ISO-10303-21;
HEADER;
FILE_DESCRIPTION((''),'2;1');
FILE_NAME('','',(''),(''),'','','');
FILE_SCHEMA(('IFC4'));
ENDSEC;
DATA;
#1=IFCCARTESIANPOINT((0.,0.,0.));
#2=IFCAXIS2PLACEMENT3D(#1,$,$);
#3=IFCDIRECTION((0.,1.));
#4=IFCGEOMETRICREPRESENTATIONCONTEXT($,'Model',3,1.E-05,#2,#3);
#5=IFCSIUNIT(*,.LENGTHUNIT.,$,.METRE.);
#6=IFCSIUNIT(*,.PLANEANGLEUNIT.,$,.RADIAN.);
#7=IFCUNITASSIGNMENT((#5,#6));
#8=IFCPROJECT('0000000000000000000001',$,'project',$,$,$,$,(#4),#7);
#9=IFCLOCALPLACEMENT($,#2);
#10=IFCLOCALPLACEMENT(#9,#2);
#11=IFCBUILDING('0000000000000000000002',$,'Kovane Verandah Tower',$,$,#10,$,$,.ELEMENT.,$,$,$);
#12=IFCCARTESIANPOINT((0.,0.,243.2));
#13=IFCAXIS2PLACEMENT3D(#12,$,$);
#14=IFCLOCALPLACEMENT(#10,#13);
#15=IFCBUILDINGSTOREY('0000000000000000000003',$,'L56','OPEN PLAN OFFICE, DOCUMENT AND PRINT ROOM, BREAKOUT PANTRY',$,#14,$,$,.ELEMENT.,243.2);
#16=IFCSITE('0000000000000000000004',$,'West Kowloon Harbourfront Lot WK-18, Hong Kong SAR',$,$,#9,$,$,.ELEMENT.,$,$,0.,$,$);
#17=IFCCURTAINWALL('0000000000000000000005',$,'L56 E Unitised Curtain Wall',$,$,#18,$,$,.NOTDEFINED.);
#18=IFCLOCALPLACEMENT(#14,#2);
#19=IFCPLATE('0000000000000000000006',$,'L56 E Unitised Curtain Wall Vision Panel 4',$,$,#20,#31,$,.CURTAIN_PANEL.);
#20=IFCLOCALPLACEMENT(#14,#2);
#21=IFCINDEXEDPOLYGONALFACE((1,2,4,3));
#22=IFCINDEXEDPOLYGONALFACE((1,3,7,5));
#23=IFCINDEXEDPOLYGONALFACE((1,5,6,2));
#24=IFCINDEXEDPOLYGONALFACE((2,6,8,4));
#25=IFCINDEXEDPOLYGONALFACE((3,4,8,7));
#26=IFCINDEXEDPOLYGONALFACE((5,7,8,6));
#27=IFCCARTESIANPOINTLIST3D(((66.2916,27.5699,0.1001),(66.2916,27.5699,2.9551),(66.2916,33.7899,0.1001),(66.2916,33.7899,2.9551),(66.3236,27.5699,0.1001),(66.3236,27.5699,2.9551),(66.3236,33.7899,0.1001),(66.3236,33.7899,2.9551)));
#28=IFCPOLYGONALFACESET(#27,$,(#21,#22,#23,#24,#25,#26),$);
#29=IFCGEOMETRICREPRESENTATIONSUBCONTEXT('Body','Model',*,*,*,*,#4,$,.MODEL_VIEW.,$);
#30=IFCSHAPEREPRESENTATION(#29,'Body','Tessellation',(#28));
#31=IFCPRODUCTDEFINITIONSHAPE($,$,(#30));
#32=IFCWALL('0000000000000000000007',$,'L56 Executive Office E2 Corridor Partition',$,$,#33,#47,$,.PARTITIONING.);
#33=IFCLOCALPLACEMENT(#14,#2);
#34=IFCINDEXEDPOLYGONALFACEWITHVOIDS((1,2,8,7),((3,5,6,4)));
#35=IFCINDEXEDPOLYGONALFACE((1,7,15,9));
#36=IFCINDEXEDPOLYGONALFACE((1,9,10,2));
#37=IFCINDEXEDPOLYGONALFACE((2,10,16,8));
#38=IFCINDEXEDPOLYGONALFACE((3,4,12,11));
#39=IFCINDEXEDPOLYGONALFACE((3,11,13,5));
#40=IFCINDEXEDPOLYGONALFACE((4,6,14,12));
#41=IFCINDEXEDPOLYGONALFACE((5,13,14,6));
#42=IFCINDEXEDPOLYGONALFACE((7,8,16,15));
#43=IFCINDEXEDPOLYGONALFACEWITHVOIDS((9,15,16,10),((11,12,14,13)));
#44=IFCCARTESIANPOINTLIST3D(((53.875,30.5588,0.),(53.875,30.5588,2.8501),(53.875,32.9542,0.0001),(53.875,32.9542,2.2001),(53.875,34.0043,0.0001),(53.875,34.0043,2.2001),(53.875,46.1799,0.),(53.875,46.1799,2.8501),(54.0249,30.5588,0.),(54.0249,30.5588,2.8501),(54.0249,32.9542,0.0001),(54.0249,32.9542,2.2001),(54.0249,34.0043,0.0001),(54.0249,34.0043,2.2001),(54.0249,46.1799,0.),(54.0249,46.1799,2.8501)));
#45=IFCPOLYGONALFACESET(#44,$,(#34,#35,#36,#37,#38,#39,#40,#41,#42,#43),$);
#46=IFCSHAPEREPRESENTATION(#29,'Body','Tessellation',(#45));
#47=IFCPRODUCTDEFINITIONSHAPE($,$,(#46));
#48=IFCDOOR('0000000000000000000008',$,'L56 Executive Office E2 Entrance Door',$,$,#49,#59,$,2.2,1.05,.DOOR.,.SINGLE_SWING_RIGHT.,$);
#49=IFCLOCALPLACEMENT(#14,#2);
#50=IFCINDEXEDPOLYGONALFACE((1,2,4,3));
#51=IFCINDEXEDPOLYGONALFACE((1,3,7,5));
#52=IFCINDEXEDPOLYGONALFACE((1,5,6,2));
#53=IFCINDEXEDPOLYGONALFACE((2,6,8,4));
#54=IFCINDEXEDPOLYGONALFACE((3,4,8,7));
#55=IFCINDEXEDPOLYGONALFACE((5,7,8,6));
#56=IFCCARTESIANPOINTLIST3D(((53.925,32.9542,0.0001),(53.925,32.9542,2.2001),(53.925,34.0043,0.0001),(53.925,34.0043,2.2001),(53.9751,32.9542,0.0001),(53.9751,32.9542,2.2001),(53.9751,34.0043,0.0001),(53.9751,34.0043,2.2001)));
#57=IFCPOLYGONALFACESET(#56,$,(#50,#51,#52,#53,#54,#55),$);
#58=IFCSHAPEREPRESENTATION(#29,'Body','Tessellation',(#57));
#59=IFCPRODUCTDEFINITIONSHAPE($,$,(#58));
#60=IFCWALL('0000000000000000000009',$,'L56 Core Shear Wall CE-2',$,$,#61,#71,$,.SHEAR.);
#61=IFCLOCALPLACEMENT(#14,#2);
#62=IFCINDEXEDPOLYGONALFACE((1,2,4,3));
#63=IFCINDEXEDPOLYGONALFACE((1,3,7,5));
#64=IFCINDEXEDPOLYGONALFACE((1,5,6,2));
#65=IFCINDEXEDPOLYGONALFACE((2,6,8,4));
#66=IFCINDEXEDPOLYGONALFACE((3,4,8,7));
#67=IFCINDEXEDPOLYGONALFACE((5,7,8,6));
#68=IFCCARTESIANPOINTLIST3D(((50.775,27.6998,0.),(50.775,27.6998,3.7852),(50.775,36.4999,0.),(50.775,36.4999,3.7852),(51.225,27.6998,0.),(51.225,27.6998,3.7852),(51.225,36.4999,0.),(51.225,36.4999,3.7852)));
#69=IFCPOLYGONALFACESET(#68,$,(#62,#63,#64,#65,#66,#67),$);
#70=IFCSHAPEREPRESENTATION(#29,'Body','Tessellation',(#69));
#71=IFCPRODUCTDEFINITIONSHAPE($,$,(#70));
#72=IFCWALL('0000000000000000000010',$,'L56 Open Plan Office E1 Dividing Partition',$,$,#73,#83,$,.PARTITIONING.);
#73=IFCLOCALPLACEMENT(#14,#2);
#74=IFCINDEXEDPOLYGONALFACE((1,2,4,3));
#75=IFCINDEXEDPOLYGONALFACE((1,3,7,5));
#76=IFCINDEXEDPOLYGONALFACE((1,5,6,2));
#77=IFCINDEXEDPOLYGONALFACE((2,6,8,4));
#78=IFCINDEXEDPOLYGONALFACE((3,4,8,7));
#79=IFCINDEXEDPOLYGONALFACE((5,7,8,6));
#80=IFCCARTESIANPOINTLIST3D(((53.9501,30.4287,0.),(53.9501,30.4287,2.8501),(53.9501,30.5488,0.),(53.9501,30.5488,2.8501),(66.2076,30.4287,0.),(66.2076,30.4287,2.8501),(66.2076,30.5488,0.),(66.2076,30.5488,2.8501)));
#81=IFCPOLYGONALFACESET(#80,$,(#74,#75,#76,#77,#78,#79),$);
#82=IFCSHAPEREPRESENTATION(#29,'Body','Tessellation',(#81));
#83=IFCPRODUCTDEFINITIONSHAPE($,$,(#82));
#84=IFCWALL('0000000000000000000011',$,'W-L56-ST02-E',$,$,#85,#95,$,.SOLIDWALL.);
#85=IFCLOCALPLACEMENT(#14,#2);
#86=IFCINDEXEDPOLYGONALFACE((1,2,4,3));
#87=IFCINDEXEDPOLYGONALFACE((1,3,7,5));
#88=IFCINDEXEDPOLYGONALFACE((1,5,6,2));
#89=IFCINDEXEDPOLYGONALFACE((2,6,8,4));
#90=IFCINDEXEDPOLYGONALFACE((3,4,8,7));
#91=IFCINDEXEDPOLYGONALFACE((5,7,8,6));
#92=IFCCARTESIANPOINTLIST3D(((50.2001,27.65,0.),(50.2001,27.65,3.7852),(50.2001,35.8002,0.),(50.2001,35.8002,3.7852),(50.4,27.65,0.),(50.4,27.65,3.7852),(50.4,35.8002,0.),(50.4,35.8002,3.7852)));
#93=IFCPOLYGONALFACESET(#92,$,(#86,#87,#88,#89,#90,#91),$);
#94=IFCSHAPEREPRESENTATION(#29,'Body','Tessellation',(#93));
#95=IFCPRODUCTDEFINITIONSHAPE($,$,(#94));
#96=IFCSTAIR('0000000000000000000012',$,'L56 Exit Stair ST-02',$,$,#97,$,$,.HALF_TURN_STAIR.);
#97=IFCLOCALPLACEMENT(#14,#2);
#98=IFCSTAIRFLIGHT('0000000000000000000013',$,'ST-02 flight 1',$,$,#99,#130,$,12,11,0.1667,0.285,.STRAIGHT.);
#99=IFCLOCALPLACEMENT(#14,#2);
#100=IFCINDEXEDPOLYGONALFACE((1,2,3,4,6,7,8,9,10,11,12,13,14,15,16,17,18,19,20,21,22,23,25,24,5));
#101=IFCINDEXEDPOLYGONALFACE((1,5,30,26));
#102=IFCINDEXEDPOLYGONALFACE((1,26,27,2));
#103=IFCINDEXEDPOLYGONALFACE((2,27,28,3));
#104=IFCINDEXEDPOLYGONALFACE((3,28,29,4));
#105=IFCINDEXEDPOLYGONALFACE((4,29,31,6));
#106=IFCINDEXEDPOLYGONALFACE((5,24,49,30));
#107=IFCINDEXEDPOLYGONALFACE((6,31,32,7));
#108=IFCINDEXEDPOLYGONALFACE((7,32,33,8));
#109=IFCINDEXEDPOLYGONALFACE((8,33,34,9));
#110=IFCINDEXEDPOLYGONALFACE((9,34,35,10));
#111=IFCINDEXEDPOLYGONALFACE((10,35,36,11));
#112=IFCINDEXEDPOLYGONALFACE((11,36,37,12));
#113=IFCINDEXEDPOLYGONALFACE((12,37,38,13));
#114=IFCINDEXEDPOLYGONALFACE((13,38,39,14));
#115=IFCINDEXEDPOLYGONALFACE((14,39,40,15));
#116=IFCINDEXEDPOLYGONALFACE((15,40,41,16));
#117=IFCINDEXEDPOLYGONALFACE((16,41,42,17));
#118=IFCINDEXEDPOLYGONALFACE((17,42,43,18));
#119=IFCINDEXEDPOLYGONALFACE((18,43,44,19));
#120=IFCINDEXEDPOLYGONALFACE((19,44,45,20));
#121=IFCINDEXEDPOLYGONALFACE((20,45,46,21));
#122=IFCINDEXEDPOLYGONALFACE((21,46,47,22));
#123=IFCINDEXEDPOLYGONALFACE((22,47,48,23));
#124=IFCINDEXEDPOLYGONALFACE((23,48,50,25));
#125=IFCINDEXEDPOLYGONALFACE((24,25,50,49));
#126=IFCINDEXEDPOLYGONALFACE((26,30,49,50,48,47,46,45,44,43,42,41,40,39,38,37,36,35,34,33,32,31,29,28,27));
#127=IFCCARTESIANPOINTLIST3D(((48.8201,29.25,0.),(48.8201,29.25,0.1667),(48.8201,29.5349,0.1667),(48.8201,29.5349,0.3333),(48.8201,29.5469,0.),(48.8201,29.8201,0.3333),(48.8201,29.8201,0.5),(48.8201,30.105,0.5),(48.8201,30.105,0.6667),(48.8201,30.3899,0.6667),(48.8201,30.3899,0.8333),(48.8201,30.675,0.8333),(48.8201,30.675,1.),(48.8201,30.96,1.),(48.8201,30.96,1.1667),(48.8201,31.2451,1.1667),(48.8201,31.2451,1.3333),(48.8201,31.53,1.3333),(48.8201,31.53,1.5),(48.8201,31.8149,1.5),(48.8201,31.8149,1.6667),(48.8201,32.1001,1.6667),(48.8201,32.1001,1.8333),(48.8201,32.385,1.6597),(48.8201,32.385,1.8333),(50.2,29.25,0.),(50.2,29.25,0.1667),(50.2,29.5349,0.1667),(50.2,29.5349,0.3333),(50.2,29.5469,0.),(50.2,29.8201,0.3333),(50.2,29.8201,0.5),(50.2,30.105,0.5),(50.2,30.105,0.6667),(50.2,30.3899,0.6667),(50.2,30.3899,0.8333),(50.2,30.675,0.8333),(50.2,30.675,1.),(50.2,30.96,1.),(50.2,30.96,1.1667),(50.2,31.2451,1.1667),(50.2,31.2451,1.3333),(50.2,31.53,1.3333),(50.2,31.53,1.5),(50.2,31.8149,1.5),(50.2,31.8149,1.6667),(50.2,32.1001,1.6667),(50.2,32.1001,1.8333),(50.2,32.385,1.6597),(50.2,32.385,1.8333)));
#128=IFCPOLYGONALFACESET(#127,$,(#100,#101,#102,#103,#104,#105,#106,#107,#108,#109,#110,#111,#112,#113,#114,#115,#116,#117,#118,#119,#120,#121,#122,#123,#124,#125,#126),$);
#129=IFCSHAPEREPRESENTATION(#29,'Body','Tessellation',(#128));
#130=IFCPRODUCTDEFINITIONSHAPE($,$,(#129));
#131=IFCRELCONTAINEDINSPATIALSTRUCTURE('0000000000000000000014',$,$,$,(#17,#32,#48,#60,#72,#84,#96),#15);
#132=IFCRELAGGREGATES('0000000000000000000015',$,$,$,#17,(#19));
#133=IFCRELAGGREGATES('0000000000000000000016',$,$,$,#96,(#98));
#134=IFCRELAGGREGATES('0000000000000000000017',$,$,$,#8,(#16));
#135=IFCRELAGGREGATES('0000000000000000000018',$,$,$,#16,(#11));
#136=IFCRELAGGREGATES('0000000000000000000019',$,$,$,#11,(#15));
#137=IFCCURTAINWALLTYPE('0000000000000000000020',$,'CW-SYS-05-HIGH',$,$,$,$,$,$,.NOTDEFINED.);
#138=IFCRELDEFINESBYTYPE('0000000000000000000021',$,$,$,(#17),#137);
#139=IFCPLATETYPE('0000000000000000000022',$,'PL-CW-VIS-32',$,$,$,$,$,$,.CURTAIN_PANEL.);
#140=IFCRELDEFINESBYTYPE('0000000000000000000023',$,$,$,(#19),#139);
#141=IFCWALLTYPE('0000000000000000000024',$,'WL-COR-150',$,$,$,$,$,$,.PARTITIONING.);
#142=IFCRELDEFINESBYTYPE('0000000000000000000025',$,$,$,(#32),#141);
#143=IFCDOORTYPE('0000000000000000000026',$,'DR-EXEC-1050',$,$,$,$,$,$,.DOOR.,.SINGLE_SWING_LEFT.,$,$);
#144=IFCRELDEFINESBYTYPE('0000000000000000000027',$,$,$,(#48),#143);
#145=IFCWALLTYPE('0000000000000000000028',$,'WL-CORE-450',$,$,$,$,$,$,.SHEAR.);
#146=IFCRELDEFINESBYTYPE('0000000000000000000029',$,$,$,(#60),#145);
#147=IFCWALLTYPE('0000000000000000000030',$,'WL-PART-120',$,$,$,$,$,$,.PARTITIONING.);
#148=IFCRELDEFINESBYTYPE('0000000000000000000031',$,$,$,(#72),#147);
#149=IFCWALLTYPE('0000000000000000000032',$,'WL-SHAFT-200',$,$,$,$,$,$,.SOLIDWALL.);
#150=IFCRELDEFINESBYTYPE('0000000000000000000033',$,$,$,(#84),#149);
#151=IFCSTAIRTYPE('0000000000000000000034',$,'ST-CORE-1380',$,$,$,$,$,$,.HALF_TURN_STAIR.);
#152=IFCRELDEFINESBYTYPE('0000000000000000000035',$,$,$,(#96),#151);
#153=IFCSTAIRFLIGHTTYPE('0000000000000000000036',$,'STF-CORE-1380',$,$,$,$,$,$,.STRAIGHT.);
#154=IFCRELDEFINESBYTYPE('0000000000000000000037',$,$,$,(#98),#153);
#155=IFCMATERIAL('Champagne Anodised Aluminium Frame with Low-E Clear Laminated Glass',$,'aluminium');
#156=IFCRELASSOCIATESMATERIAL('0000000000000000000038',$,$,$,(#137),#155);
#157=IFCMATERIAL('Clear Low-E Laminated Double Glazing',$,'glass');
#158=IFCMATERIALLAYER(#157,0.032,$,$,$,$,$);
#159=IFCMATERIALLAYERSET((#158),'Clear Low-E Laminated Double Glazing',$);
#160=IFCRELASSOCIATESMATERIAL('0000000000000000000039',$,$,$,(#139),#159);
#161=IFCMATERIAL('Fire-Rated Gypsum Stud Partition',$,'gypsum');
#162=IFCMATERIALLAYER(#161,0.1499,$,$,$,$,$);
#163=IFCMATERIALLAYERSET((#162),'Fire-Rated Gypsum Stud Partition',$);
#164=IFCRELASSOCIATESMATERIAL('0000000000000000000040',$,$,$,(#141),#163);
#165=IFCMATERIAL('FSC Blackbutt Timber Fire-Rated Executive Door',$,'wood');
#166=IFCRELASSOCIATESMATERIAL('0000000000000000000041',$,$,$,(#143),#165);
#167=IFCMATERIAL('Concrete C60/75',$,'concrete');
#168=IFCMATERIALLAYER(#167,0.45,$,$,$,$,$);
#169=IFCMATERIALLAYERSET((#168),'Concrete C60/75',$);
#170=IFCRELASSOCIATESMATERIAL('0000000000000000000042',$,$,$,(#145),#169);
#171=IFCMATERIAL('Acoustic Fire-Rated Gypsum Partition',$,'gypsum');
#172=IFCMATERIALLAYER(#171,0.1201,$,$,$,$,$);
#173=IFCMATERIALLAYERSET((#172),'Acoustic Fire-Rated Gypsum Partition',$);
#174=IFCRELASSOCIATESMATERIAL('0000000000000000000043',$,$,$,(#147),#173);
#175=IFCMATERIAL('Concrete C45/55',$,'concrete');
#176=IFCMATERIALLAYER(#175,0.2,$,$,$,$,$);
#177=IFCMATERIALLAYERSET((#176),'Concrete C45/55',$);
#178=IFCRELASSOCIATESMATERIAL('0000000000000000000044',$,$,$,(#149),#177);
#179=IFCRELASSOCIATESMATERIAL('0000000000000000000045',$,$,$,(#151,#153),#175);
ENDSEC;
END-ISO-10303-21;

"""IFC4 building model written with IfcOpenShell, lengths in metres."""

from ifc_helpers import new_model, si_unit, direction, frame, frame_2d, origin, origin_2d, place, context, subcontext, project, spatial, polyline, rectangle, outline, extrude, material, layer, layer_set, type_object, element, fill, aggregate, save


model = new_model("IFC4")

# Units and contexts
model_context = context("Model", 3, precision=1e-05, world=origin(), true_north=direction((0.0, 1.0)))
body_context = subcontext(model_context, "Body", "Model", "MODEL_VIEW")
ifc_project = project(units=[si_unit("LENGTHUNIT", "METRE"), si_unit("PLANEANGLEUNIT", "RADIAN")], contexts=[model_context])

# Site, building, storey
site_placement = place(None, origin())
site = spatial("IfcSite", under=ifc_project, at=site_placement, Name="West Kowloon Harbourfront Lot WK-18, Hong Kong SAR", CompositionType="ELEMENT", RefElevation=0.0)
building_placement = place(site_placement, origin())
building = spatial("IfcBuilding", under=site, at=building_placement, Name="Kovane Verandah Tower", CompositionType="ELEMENT")
storey_placement = place(building_placement, frame((0.0, 0.0, 243.2)))
storey = spatial("IfcBuildingStorey", under=building, at=storey_placement, Name="L56", Description="OPEN PLAN OFFICE, DOCUMENT AND PRINT ROOM, BREAKOUT PANTRY", CompositionType="ELEMENT", Elevation=243.2)

# Shared definitions
ifc_material_1 = material(Name="Concrete C60/75", Category="concrete")

# Curtain wall
ifc_material_2 = material(Name="Champagne Anodised Aluminium Frame with Low-E Clear Laminated Glass", Category="aluminium")
curtain_wall_type = type_object("IfcCurtainWallType", Name="CW-SYS-05-HIGH", PredefinedType="NOTDEFINED", material=ifc_material_2)
curtain_wall_placement = place(storey_placement, origin())
curtain_wall = element("IfcCurtainWall", 1, at=curtain_wall_placement, inside=storey, type_object=curtain_wall_type, Name="L56 E Unitised Curtain Wall", PredefinedType="NOTDEFINED")

# Plate
ifc_material_3 = material(Name="Clear Low-E Laminated Double Glazing", Category="glass")
ifc_layer_1 = layer(ifc_material_3, 0.032)
ifc_layer_set_1 = layer_set([ifc_layer_1], Name="Clear Low-E Laminated Double Glazing")
plate_type_1 = type_object("IfcPlateType", Name="PL-CW-VIS-32", PredefinedType="CURTAIN_PANEL", material=ifc_layer_set_1)
plate_1_placement = place(storey_placement, frame((66.3076, 30.6799, 0.1001), z_axis=(0.0, 0.0, 1.0), x_axis=(0.0, 1.0, 0.0)))
plate_1 = element("IfcPlate", 2, at=plate_1_placement, type_object=plate_type_1, Name="L56 E Unitised Curtain Wall Vision Panel 4", PredefinedType="CURTAIN_PANEL", context=body_context, shape_type="SweptSolid", body=[
    extrude(rectangle(XDim=6.22, YDim=0.032, at=origin_2d()), origin(), (0.0, 0.0, 1.0), 2.855),
])
aggregate(curtain_wall, [plate_1])

# Wall, opening, door
ifc_material_4 = material(Name="Fire-Rated Gypsum Stud Partition", Category="gypsum")
ifc_layer_2 = layer(ifc_material_4, 0.1499)
ifc_layer_set_2 = layer_set([ifc_layer_2], Name="Fire-Rated Gypsum Stud Partition")
wall_type_1 = type_object("IfcWallType", Name="WL-COR-150", PredefinedType="PARTITIONING", material=ifc_layer_set_2)
wall_1_placement = place(storey_placement, frame((53.95, 30.5588, 0.0), z_axis=(0.0, 0.0, 1.0), x_axis=(0.0, 1.0, 0.0)))
wall_1 = element("IfcWall", 3, at=wall_1_placement, inside=storey, type_object=wall_type_1, Name="L56 Executive Office E2 Corridor Partition", PredefinedType="PARTITIONING", context=body_context, shape_type="SweptSolid", body=[
    extrude(rectangle(XDim=15.6211, YDim=0.1499, at=frame_2d((7.8105, 0.0))), origin(), (0.0, 0.0, 1.0), 2.8501),
])
opening_placement = place(wall_1_placement, frame((2.3955, 0.0, 0.0)))
opening = element("IfcOpeningElement", 4, at=opening_placement, cuts=wall_1, PredefinedType="OPENING", context=body_context, shape_type="SweptSolid", body=[
    extrude(rectangle(XDim=1.05, YDim=2.2, at=frame_2d((0.5249, 1.1001))), frame((0.0, 0.075, 0.0), z_axis=(0.0, -1.0, 0.0), x_axis=(1.0, 0.0, 0.0)), (0.0, 0.0, 1.0), 0.1499),
])
ifc_material_5 = material(Name="FSC Blackbutt Timber Fire-Rated Executive Door", Category="wood")
door_type = type_object("IfcDoorType", Name="DR-EXEC-1050", OperationType="SINGLE_SWING_LEFT", PredefinedType="DOOR", material=ifc_material_5)
door_placement = place(opening_placement, origin())
door = element("IfcDoor", 5, at=door_placement, inside=storey, type_object=door_type, Name="L56 Executive Office E2 Entrance Door", OperationType="SINGLE_SWING_RIGHT", OverallHeight=2.2, OverallWidth=1.05, PredefinedType="DOOR", context=body_context, shape_type="SweptSolid", body=[
    extrude(rectangle(XDim=1.05, YDim=2.2, at=frame_2d((0.5249, 1.1001))), frame((0.0, 0.0249, 0.0), z_axis=(0.0, -1.0, 0.0), x_axis=(1.0, 0.0, 0.0)), (0.0, 0.0, 1.0), 0.05),
])
fill(opening, door)

# Walls
ifc_layer_3 = layer(ifc_material_1, 0.45)
ifc_layer_set_3 = layer_set([ifc_layer_3], Name="Concrete C60/75")
wall_type_2 = type_object("IfcWallType", Name="WL-CORE-450", PredefinedType="SHEAR", material=ifc_layer_set_3)
wall_2_placement = place(storey_placement, frame((51.0, 27.7, 0.0), z_axis=(0.0, 0.0, 1.0), x_axis=(0.0, 1.0, 0.0)))
element("IfcWall", 6, at=wall_2_placement, inside=storey, type_object=wall_type_2, Name="L56 Core Shear Wall CE-2", PredefinedType="SHEAR", context=body_context, shape_type="SweptSolid", body=[
    extrude(rectangle(XDim=8.8, YDim=0.45, at=frame_2d((4.3999, 0.0))), origin(), (0.0, 0.0, 1.0), 3.7852),
])
ifc_material_6 = material(Name="Acoustic Fire-Rated Gypsum Partition", Category="gypsum")
ifc_layer_4 = layer(ifc_material_6, 0.1201)
ifc_layer_set_4 = layer_set([ifc_layer_4], Name="Acoustic Fire-Rated Gypsum Partition")
wall_type_3 = type_object("IfcWallType", Name="WL-PART-120", PredefinedType="PARTITIONING", material=ifc_layer_set_4)
wall_3_placement = place(storey_placement, frame((53.95, 30.4888, 0.0), z_axis=(0.0, 0.0, 1.0), x_axis=(1.0, 0.0, 0.0)))
element("IfcWall", 7, at=wall_3_placement, inside=storey, type_object=wall_type_3, Name="L56 Open Plan Office E1 Dividing Partition", PredefinedType="PARTITIONING", context=body_context, shape_type="SweptSolid", body=[
    extrude(rectangle(XDim=12.2576, YDim=0.1201, at=frame_2d((6.1289, 0.0))), origin(), (0.0, 0.0, 1.0), 2.8501),
])
ifc_material_7 = material(Name="Concrete C45/55", Category="concrete")
ifc_layer_5 = layer(ifc_material_7, 0.2)
ifc_layer_set_5 = layer_set([ifc_layer_5], Name="Concrete C45/55")
wall_type_4 = type_object("IfcWallType", Name="WL-SHAFT-200", PredefinedType="SOLIDWALL", material=ifc_layer_set_5)
wall_4_placement = place(storey_placement, frame((50.3, 27.6499, 0.0), z_axis=(0.0, 0.0, 1.0), x_axis=(0.0, 1.0, 0.0)))
element("IfcWall", 8, at=wall_4_placement, inside=storey, type_object=wall_type_4, Name="W-L56-ST02-E", PredefinedType="SOLIDWALL", context=body_context, shape_type="SweptSolid", body=[
    extrude(rectangle(XDim=8.1501, YDim=0.2, at=frame_2d((4.0752, 0.0))), origin(), (0.0, 0.0, 1.0), 3.7852),
])

# Stair, stair flight
stair_type = type_object("IfcStairType", Name="ST-CORE-1380", PredefinedType="HALF_TURN_STAIR", material=ifc_material_7)
stair_placement = place(storey_placement, origin())
stair = element("IfcStair", 9, at=stair_placement, inside=storey, type_object=stair_type, Name="L56 Exit Stair ST-02", PredefinedType="HALF_TURN_STAIR")
stair_flight_type = type_object("IfcStairFlightType", Name="STF-CORE-1380", PredefinedType="STRAIGHT", material=ifc_material_7)
stair_flight_placement = place(storey_placement, frame((49.51, 29.25, 0.0), z_axis=(0.0, 0.0, 1.0), x_axis=(0.0, 1.0, 0.0)))
stair_flight = element("IfcStairFlight", 10, at=stair_flight_placement, type_object=stair_flight_type, Name="ST-02 flight 1", NumberOfRisers=12, NumberOfTreads=11, PredefinedType="STRAIGHT", RiserHeight=0.1667, TreadLength=0.285, context=body_context, shape_type="SweptSolid", body=[
    extrude(outline(polyline([(0.0, 0.0), (0.0, 0.1667), (0.2849, 0.1667), (0.2849, 0.3333), (0.5701, 0.3333), (0.5701, 0.5), (0.855, 0.5), (0.855, 0.6667), (1.1399, 0.6667), (1.1399, 0.8333), (1.425, 0.8333), (1.425, 1.0), (1.71, 1.0), (1.71, 1.1667), (1.9951, 1.1667), (1.9951, 1.3333), (2.28, 1.3333), (2.28, 1.5), (2.5649, 1.5), (2.5649, 1.6667), (2.8501, 1.6667), (2.8501, 1.8333), (3.135, 1.8333), (3.135, 2.0), (3.135, 1.6597), (0.2969, 0.0), (0.0, 0.0)])), frame((0.0, 0.6899, 0.0), z_axis=(0.0, -1.0, 0.0), x_axis=(1.0, 0.0, 0.0)), (0.0, 0.0, 1.0), 1.3799),
])
aggregate(stair, [stair_flight])

save(model, "model.ifc")
